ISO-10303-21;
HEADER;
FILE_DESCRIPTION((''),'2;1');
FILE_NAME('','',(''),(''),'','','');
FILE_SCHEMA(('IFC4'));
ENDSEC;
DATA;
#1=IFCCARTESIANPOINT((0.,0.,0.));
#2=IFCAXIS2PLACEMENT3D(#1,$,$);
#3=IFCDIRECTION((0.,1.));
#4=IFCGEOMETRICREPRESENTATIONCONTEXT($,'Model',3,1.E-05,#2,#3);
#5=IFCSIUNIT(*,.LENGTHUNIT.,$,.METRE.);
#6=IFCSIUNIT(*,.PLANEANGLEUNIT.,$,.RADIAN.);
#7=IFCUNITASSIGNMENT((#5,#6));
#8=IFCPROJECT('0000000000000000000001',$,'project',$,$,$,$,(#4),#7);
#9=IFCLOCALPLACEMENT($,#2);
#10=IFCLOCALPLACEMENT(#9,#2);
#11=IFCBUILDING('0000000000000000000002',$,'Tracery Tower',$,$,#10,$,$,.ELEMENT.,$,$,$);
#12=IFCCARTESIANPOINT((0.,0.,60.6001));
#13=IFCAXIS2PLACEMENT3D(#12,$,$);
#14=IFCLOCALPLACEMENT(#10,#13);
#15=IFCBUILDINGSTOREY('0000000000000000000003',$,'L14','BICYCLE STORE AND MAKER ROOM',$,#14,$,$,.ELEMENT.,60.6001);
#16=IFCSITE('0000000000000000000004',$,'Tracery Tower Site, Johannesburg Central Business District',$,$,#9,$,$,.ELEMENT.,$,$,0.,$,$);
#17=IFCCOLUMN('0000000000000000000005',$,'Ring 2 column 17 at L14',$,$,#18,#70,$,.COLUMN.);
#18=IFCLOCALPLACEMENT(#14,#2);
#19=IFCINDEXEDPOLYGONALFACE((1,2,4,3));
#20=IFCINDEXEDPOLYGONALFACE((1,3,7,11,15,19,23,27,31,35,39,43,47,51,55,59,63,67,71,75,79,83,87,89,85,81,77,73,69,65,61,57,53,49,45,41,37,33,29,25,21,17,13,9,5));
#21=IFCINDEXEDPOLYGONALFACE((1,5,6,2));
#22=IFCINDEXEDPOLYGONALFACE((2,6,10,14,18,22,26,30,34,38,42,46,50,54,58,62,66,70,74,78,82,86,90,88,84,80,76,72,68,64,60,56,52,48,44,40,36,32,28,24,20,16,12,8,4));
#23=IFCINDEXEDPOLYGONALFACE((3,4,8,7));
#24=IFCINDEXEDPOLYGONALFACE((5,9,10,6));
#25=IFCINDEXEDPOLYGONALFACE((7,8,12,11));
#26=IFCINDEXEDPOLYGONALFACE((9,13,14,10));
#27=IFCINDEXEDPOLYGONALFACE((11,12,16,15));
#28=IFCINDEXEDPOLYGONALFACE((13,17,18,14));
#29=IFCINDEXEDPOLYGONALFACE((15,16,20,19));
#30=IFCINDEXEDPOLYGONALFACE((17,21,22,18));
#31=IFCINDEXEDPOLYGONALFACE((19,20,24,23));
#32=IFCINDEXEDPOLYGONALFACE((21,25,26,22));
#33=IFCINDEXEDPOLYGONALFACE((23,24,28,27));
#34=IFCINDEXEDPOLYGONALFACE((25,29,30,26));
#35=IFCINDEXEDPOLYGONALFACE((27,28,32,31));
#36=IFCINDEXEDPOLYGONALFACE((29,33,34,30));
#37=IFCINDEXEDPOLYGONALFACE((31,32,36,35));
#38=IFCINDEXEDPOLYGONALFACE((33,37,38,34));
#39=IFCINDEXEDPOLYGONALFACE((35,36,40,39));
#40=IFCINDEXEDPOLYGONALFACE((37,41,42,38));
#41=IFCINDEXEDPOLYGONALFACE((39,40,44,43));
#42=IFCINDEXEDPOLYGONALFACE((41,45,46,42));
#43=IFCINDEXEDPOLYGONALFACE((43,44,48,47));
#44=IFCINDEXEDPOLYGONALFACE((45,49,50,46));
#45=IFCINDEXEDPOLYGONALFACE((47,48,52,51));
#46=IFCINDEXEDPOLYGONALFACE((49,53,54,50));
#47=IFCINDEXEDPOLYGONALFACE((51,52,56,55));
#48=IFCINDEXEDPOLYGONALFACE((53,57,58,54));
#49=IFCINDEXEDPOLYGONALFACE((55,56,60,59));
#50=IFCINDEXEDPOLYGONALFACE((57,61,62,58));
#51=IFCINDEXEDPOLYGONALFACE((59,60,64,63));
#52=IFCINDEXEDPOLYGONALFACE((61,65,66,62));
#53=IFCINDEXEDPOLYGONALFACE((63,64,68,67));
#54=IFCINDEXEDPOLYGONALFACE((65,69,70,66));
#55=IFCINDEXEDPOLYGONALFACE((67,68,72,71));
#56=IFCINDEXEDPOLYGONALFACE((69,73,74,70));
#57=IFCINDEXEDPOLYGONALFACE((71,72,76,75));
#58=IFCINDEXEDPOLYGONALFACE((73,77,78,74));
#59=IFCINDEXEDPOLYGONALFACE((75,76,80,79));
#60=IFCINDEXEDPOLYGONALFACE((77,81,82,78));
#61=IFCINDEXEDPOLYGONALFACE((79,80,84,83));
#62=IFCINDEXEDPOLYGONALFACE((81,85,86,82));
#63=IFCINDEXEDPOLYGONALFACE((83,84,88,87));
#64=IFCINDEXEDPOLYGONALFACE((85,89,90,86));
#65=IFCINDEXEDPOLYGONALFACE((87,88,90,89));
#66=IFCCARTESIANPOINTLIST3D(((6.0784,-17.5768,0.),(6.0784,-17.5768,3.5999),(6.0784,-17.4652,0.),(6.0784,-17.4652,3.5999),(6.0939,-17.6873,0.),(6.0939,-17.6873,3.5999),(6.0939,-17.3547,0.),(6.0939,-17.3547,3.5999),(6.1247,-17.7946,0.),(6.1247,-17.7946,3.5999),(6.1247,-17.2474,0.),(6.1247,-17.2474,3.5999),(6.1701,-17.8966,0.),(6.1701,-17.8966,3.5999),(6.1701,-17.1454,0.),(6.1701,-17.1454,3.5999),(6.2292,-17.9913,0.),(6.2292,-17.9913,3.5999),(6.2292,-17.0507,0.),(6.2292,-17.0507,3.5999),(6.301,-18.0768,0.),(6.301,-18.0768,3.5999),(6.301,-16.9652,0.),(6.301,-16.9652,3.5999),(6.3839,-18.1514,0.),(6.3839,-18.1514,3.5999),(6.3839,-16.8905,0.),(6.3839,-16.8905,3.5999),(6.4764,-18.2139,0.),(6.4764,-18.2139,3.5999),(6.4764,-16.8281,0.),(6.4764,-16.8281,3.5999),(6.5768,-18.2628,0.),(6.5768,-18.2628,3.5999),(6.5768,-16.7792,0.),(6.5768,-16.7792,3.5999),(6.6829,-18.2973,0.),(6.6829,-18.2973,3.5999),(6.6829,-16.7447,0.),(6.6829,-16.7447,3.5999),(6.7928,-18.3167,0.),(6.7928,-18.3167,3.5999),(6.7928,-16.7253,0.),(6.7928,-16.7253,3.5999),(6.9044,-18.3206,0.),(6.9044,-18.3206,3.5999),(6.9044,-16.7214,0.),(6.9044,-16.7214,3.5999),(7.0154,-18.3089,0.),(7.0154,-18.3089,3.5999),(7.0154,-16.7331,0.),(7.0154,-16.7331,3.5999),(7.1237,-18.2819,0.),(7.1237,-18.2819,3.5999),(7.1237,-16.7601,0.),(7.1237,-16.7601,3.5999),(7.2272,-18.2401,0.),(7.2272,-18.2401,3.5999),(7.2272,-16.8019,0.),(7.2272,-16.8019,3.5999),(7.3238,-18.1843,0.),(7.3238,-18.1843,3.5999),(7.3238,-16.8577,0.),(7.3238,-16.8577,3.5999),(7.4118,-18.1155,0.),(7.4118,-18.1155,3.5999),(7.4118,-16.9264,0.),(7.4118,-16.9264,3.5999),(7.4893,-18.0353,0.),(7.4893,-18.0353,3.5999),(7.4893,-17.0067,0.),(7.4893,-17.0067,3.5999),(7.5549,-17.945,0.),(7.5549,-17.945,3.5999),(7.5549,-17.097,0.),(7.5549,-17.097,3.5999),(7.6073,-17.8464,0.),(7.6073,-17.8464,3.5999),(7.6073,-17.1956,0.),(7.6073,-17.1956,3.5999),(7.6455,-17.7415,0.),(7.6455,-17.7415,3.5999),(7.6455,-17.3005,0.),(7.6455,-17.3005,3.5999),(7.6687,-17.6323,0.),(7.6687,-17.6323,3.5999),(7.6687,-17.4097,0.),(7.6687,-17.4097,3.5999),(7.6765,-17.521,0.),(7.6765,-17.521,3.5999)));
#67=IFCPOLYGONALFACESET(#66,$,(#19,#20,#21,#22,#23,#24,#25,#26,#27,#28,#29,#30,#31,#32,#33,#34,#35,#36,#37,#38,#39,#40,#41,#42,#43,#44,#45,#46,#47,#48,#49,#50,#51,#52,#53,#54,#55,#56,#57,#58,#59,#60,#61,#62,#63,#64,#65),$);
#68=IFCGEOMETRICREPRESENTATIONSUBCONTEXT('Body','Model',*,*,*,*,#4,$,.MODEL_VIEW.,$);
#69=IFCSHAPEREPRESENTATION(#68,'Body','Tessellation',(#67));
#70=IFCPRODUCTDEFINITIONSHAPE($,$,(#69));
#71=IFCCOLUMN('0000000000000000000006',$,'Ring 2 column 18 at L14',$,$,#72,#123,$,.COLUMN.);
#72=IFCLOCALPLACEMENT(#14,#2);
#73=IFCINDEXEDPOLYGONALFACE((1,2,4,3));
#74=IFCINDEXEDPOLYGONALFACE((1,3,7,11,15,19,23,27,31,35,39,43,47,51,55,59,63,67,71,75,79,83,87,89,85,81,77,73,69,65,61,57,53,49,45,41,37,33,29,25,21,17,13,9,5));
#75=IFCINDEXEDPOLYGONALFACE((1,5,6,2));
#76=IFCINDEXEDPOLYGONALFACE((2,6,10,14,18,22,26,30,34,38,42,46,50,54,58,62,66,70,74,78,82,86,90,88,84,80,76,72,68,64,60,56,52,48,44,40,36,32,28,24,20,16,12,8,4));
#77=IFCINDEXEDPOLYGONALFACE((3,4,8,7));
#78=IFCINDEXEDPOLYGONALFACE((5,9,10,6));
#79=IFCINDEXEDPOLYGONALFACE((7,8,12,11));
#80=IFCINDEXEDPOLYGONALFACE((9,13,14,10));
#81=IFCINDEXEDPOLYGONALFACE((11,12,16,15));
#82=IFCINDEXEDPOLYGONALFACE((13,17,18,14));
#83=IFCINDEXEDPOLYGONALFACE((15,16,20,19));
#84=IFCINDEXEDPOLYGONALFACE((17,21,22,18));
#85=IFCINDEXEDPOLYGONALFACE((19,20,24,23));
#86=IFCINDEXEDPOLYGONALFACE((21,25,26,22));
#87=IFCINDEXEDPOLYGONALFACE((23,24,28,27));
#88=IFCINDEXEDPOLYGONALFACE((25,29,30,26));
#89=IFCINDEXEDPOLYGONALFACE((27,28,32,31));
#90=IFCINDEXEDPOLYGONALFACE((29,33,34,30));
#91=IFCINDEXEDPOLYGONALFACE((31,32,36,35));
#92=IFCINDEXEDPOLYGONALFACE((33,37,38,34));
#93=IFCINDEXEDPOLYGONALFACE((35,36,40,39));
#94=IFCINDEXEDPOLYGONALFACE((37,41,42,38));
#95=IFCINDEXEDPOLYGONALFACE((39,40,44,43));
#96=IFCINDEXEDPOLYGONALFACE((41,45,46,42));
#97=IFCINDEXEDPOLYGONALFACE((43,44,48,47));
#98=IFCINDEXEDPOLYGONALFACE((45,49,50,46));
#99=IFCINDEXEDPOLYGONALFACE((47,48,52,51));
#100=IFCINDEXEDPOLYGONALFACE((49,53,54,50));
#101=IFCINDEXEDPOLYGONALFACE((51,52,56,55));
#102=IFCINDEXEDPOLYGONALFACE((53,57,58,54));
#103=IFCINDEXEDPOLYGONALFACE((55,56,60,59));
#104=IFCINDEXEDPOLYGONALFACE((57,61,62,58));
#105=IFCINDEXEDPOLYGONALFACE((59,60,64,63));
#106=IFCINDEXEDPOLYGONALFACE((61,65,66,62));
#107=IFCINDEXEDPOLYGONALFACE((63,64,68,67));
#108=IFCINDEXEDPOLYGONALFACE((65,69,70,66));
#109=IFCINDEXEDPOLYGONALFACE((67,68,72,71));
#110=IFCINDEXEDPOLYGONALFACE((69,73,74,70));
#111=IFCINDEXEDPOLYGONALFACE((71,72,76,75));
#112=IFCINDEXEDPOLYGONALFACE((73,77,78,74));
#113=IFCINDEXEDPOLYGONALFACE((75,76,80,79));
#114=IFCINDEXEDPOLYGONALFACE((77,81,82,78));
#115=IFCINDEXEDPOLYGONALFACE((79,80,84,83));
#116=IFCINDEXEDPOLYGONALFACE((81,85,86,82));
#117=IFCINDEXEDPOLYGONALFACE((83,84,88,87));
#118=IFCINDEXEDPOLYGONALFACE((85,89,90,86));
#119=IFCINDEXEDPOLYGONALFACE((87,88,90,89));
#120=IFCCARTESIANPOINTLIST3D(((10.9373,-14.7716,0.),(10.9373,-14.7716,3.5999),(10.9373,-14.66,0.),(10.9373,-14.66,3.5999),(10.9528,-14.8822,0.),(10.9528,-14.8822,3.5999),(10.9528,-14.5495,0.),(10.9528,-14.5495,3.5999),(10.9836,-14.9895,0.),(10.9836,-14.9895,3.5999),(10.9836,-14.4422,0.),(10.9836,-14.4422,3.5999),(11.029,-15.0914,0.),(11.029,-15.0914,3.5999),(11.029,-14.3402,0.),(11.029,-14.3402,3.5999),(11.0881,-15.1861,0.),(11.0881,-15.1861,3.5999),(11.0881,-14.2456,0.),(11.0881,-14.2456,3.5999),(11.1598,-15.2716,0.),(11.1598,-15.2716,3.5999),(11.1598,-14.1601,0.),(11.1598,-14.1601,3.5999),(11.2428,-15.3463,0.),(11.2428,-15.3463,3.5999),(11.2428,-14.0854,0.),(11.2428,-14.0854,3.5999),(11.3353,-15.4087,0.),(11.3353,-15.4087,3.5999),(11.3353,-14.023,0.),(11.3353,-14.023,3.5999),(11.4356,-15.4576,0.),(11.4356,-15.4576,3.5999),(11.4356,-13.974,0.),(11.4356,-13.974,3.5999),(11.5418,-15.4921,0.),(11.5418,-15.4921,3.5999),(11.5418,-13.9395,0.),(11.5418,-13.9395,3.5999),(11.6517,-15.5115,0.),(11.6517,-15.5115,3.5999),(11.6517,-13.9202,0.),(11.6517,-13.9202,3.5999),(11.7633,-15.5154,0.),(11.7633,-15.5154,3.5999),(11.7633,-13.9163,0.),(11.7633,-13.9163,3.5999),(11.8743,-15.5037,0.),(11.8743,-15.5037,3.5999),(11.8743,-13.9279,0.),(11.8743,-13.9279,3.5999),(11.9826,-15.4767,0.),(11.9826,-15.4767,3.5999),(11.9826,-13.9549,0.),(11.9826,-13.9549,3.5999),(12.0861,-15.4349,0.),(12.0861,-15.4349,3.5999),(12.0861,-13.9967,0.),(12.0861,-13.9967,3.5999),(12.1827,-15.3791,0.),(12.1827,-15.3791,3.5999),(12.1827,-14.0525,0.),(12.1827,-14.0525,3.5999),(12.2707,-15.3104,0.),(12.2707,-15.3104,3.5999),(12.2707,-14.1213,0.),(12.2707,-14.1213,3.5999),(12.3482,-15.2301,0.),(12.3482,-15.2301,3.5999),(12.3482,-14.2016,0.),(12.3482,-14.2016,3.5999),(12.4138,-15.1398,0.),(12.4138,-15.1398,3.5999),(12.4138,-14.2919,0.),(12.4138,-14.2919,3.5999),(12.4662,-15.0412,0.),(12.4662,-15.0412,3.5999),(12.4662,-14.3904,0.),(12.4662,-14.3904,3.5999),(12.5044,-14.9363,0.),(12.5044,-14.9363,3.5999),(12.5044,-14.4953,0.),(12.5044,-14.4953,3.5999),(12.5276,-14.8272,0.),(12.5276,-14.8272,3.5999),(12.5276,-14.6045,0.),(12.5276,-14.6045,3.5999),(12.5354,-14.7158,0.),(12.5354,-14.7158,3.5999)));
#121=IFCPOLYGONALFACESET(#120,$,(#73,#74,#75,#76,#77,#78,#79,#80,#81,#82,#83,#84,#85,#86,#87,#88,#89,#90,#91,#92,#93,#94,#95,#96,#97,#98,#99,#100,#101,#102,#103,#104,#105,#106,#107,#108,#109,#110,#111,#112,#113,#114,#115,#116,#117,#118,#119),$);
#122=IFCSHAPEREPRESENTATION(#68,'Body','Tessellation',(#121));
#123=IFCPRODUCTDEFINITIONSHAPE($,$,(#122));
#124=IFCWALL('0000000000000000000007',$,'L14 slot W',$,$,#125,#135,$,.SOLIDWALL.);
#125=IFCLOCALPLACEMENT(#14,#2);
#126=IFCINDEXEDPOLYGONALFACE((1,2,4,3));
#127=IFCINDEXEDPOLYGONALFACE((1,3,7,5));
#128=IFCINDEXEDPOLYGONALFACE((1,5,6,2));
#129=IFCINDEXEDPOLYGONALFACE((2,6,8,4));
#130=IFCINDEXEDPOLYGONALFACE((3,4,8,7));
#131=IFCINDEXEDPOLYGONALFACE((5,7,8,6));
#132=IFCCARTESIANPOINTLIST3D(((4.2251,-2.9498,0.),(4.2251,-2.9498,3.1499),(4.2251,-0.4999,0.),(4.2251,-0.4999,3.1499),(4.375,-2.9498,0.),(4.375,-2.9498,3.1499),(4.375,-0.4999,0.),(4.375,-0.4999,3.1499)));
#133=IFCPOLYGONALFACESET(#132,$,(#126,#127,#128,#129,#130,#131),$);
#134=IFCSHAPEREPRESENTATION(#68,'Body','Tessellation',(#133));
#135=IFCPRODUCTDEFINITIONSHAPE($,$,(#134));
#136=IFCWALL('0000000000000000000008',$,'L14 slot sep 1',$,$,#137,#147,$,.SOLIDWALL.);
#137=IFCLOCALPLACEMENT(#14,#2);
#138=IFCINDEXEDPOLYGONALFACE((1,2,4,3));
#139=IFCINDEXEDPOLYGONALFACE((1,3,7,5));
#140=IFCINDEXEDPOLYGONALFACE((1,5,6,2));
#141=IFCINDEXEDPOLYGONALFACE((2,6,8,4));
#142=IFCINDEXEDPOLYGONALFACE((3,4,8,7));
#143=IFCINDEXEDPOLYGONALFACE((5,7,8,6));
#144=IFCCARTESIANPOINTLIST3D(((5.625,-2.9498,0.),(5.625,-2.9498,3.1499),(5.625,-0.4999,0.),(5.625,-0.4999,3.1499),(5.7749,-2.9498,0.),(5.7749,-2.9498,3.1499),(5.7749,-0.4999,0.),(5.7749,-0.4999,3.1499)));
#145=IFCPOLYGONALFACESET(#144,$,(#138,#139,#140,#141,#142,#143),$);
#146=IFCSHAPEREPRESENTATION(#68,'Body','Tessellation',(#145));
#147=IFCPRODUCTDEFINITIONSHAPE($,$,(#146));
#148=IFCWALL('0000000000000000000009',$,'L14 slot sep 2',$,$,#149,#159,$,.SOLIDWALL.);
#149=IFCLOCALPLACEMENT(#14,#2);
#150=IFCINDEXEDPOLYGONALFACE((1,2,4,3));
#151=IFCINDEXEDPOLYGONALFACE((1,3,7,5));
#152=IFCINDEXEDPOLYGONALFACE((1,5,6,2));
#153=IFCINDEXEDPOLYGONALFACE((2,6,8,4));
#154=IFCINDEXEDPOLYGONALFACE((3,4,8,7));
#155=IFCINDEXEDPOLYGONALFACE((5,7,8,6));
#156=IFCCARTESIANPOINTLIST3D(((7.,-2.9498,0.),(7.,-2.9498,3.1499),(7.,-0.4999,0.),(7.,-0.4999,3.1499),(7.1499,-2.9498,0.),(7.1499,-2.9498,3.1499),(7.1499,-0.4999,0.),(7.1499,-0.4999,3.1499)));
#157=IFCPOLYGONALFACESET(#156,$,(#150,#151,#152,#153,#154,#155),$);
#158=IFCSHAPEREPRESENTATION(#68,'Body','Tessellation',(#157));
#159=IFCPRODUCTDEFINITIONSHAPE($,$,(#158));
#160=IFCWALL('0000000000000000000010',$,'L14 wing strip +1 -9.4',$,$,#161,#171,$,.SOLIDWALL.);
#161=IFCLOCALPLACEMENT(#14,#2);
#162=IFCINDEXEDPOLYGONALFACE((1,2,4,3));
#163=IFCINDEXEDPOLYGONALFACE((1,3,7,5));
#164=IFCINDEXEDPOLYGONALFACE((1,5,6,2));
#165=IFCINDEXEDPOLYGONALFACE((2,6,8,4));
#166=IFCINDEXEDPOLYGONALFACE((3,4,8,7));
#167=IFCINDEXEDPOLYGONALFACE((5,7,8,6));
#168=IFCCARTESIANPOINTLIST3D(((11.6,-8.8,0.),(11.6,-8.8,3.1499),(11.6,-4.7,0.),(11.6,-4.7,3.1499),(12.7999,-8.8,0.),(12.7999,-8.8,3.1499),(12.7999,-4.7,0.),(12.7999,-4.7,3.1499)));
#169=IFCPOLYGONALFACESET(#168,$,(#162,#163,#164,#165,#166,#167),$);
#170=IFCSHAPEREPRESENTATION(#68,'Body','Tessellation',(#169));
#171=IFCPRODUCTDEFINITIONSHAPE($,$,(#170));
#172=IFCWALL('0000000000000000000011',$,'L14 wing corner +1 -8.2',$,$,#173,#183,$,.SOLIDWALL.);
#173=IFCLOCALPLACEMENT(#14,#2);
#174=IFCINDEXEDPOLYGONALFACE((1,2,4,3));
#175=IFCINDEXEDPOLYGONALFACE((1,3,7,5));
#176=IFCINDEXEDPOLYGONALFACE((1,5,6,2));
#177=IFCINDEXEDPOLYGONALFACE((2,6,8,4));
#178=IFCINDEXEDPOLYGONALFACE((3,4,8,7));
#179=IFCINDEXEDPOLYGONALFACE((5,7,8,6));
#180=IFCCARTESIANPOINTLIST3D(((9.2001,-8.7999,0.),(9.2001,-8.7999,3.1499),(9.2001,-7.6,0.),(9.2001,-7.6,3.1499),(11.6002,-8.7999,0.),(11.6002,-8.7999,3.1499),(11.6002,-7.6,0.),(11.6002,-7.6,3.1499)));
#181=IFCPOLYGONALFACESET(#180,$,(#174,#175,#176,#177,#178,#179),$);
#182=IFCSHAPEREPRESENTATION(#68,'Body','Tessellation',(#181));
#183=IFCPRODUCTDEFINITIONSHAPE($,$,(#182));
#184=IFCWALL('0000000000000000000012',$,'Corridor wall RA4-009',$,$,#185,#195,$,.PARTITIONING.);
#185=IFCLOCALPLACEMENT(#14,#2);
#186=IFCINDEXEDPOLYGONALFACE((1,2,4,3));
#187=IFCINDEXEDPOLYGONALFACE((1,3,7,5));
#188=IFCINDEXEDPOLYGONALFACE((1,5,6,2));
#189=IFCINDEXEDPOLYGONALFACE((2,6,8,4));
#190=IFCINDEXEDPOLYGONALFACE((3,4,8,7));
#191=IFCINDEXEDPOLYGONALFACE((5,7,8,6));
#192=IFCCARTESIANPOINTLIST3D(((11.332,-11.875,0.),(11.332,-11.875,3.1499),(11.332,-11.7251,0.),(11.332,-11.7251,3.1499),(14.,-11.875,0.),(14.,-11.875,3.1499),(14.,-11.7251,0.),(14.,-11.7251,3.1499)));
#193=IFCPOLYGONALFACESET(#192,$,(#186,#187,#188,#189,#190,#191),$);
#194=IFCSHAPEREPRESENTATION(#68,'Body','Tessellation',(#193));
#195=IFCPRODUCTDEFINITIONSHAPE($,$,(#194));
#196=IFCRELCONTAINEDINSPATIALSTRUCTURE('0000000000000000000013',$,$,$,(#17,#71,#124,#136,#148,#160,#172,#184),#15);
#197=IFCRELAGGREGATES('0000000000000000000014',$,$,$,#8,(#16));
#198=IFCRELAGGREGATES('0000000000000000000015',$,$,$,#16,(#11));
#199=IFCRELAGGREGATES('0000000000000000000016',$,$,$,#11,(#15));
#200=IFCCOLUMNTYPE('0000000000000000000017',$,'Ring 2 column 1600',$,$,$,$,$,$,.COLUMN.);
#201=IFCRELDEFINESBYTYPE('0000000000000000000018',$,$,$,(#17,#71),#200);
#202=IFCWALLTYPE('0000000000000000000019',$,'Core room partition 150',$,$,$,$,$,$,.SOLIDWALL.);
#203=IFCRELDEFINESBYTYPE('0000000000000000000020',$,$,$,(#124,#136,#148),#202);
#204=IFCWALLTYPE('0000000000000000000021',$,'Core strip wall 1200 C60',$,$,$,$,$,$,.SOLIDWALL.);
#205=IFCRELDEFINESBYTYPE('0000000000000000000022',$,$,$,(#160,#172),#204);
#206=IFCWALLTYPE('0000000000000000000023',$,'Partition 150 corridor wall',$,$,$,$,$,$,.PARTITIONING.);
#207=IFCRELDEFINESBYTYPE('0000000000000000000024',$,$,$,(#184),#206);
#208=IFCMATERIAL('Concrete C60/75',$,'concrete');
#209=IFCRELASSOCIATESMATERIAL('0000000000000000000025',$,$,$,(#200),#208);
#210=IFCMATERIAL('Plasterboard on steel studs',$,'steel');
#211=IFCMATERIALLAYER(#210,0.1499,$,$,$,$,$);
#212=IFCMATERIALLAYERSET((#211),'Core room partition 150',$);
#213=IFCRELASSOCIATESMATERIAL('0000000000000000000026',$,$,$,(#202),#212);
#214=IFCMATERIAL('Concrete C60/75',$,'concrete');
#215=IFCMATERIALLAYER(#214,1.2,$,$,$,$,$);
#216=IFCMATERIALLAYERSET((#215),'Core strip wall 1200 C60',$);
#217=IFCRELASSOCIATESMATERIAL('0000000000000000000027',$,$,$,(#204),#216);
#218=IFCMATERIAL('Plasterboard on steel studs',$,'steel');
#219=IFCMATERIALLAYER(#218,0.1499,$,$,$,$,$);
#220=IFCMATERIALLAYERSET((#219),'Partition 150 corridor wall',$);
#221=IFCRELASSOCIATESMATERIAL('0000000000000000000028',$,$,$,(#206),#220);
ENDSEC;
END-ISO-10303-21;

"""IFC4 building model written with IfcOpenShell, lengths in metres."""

from ifc_helpers import new_model, si_unit, direction, frame, frame_2d, origin, origin_2d, place, context, subcontext, project, spatial, rectangle, circle, extrude, material, layer, layer_set, material_profile, profile_set, type_object, element, save


model = new_model("IFC4")

# Units and contexts
model_context = context("Model", 3, precision=1e-05, world=origin(), true_north=direction((0.0, 1.0)))
body_context = subcontext(model_context, "Body", "Model", "MODEL_VIEW")
ifc_project = project(units=[si_unit("LENGTHUNIT", "METRE"), si_unit("PLANEANGLEUNIT", "RADIAN")], contexts=[model_context])

# Site, building, storey
site_placement = place(None, origin())
site = spatial("IfcSite", under=ifc_project, at=site_placement, Name="Tracery Tower Site, Johannesburg Central Business District", CompositionType="ELEMENT", RefElevation=0.0)
building_placement = place(site_placement, origin())
building = spatial("IfcBuilding", under=site, at=building_placement, Name="Tracery Tower", CompositionType="ELEMENT")
storey_placement = place(building_placement, frame((0.0, 0.0, 60.6001)))
storey = spatial("IfcBuildingStorey", under=building, at=storey_placement, Name="L14", Description="BICYCLE STORE AND MAKER ROOM", CompositionType="ELEMENT", Elevation=60.6001)

# Columns
ifc_material_1 = material(Name="Concrete C60/75", Category="concrete")
ifc_material_profile = material_profile(ifc_material_1, circle(Radius=0.8, at=origin_2d()), Name="RC D1600")
ifc_profile_set = profile_set([ifc_material_profile], Name="Concrete C60/75")
column_type = type_object("IfcColumnType", Name="Ring 2 column 1600", PredefinedType="COLUMN", material=ifc_profile_set)
for number, where, z_axis, x_axis, name in (
    (1, (6.8765, -17.521, 0.0), (0.0, 0.0, 1.0), (1.0, 0.0, 0.0), "Ring 2 column 17 at L14"),
    (2, (11.7354, -14.7158, 0.0), (0.0, 0.0, 1.0), (1.0, 0.0, 0.0), "Ring 2 column 18 at L14"),
):
    element("IfcColumn", number, at=place(storey_placement, frame(where, z_axis=z_axis, x_axis=x_axis)), inside=storey, type_object=column_type, Name=name, PredefinedType="COLUMN", context=body_context, shape_type="SweptSolid", body=[
        extrude(circle(Radius=0.8, at=origin_2d()), origin(), (0.0, 0.0, 1.0), 3.5999),
    ])

# Walls
ifc_material_2 = material(Name="Plasterboard on steel studs", Category="steel")
ifc_layer_1 = layer(ifc_material_2, 0.1499)
ifc_layer_set_1 = layer_set([ifc_layer_1], Name="Core room partition 150")
wall_type_1 = type_object("IfcWallType", Name="Core room partition 150", PredefinedType="SOLIDWALL", material=ifc_layer_set_1)
for number, where, z_axis, x_axis, name in (
    (3, (4.3, -2.95, 0.0), (0.0, 0.0, 1.0), (0.0, 1.0, 0.0), "L14 slot W"),
    (4, (5.7, -2.95, 0.0), (0.0, 0.0, 1.0), (0.0, 1.0, 0.0), "L14 slot sep 1"),
    (5, (7.075, -2.95, 0.0), (0.0, 0.0, 1.0), (0.0, 1.0, 0.0), "L14 slot sep 2"),
):
    element("IfcWall", number, at=place(storey_placement, frame(where, z_axis=z_axis, x_axis=x_axis)), inside=storey, type_object=wall_type_1, Name=name, PredefinedType="SOLIDWALL", context=body_context, shape_type="SweptSolid", body=[
        extrude(rectangle(XDim=2.45, YDim=0.1499, at=frame_2d((1.2251, 0.0))), origin(), (0.0, 0.0, 1.0), 3.1499),
    ])
ifc_material_3 = material(Name="Concrete C60/75", Category="concrete")
ifc_layer_2 = layer(ifc_material_3, 1.2)
ifc_layer_set_2 = layer_set([ifc_layer_2], Name="Core strip wall 1200 C60")
wall_type_2 = type_object("IfcWallType", Name="Core strip wall 1200 C60", PredefinedType="SOLIDWALL", material=ifc_layer_set_2)
wall_1_placement = place(storey_placement, frame((12.2, -8.8, 0.0), z_axis=(0.0, 0.0, 1.0), x_axis=(0.0, 1.0, 0.0)))
element("IfcWall", 6, at=wall_1_placement, inside=storey, type_object=wall_type_2, Name="L14 wing strip +1 -9.4", PredefinedType="SOLIDWALL", context=body_context, shape_type="SweptSolid", body=[
    extrude(rectangle(XDim=4.1001, YDim=1.2, at=frame_2d((2.05, 0.0))), origin(), (0.0, 0.0, 1.0), 3.1499),
])
wall_2_placement = place(storey_placement, frame((9.2, -8.2, 0.0), z_axis=(0.0, 0.0, 1.0), x_axis=(1.0, 0.0, 0.0)))
element("IfcWall", 7, at=wall_2_placement, inside=storey, type_object=wall_type_2, Name="L14 wing corner +1 -8.2", PredefinedType="SOLIDWALL", context=body_context, shape_type="SweptSolid", body=[
    extrude(rectangle(XDim=2.4001, YDim=1.2, at=frame_2d((1.2002, 0.0))), origin(), (0.0, 0.0, 1.0), 3.1499),
])
ifc_material_4 = material(Name="Plasterboard on steel studs", Category="steel")
ifc_layer_3 = layer(ifc_material_4, 0.1499)
ifc_layer_set_3 = layer_set([ifc_layer_3], Name="Partition 150 corridor wall")
wall_type_3 = type_object("IfcWallType", Name="Partition 150 corridor wall", PredefinedType="PARTITIONING", material=ifc_layer_set_3)
wall_3_placement = place(storey_placement, frame((11.332, -11.8, 0.0), z_axis=(0.0, 0.0, 1.0), x_axis=(1.0, 0.0, 0.0)))
element("IfcWall", 8, at=wall_3_placement, inside=storey, type_object=wall_type_3, Name="Corridor wall RA4-009", PredefinedType="PARTITIONING", context=body_context, shape_type="SweptSolid", body=[
    extrude(rectangle(XDim=2.668, YDim=0.1499, at=frame_2d((1.334, 0.0))), origin(), (0.0, 0.0, 1.0), 3.1499),
])

save(model, "model.ifc")
